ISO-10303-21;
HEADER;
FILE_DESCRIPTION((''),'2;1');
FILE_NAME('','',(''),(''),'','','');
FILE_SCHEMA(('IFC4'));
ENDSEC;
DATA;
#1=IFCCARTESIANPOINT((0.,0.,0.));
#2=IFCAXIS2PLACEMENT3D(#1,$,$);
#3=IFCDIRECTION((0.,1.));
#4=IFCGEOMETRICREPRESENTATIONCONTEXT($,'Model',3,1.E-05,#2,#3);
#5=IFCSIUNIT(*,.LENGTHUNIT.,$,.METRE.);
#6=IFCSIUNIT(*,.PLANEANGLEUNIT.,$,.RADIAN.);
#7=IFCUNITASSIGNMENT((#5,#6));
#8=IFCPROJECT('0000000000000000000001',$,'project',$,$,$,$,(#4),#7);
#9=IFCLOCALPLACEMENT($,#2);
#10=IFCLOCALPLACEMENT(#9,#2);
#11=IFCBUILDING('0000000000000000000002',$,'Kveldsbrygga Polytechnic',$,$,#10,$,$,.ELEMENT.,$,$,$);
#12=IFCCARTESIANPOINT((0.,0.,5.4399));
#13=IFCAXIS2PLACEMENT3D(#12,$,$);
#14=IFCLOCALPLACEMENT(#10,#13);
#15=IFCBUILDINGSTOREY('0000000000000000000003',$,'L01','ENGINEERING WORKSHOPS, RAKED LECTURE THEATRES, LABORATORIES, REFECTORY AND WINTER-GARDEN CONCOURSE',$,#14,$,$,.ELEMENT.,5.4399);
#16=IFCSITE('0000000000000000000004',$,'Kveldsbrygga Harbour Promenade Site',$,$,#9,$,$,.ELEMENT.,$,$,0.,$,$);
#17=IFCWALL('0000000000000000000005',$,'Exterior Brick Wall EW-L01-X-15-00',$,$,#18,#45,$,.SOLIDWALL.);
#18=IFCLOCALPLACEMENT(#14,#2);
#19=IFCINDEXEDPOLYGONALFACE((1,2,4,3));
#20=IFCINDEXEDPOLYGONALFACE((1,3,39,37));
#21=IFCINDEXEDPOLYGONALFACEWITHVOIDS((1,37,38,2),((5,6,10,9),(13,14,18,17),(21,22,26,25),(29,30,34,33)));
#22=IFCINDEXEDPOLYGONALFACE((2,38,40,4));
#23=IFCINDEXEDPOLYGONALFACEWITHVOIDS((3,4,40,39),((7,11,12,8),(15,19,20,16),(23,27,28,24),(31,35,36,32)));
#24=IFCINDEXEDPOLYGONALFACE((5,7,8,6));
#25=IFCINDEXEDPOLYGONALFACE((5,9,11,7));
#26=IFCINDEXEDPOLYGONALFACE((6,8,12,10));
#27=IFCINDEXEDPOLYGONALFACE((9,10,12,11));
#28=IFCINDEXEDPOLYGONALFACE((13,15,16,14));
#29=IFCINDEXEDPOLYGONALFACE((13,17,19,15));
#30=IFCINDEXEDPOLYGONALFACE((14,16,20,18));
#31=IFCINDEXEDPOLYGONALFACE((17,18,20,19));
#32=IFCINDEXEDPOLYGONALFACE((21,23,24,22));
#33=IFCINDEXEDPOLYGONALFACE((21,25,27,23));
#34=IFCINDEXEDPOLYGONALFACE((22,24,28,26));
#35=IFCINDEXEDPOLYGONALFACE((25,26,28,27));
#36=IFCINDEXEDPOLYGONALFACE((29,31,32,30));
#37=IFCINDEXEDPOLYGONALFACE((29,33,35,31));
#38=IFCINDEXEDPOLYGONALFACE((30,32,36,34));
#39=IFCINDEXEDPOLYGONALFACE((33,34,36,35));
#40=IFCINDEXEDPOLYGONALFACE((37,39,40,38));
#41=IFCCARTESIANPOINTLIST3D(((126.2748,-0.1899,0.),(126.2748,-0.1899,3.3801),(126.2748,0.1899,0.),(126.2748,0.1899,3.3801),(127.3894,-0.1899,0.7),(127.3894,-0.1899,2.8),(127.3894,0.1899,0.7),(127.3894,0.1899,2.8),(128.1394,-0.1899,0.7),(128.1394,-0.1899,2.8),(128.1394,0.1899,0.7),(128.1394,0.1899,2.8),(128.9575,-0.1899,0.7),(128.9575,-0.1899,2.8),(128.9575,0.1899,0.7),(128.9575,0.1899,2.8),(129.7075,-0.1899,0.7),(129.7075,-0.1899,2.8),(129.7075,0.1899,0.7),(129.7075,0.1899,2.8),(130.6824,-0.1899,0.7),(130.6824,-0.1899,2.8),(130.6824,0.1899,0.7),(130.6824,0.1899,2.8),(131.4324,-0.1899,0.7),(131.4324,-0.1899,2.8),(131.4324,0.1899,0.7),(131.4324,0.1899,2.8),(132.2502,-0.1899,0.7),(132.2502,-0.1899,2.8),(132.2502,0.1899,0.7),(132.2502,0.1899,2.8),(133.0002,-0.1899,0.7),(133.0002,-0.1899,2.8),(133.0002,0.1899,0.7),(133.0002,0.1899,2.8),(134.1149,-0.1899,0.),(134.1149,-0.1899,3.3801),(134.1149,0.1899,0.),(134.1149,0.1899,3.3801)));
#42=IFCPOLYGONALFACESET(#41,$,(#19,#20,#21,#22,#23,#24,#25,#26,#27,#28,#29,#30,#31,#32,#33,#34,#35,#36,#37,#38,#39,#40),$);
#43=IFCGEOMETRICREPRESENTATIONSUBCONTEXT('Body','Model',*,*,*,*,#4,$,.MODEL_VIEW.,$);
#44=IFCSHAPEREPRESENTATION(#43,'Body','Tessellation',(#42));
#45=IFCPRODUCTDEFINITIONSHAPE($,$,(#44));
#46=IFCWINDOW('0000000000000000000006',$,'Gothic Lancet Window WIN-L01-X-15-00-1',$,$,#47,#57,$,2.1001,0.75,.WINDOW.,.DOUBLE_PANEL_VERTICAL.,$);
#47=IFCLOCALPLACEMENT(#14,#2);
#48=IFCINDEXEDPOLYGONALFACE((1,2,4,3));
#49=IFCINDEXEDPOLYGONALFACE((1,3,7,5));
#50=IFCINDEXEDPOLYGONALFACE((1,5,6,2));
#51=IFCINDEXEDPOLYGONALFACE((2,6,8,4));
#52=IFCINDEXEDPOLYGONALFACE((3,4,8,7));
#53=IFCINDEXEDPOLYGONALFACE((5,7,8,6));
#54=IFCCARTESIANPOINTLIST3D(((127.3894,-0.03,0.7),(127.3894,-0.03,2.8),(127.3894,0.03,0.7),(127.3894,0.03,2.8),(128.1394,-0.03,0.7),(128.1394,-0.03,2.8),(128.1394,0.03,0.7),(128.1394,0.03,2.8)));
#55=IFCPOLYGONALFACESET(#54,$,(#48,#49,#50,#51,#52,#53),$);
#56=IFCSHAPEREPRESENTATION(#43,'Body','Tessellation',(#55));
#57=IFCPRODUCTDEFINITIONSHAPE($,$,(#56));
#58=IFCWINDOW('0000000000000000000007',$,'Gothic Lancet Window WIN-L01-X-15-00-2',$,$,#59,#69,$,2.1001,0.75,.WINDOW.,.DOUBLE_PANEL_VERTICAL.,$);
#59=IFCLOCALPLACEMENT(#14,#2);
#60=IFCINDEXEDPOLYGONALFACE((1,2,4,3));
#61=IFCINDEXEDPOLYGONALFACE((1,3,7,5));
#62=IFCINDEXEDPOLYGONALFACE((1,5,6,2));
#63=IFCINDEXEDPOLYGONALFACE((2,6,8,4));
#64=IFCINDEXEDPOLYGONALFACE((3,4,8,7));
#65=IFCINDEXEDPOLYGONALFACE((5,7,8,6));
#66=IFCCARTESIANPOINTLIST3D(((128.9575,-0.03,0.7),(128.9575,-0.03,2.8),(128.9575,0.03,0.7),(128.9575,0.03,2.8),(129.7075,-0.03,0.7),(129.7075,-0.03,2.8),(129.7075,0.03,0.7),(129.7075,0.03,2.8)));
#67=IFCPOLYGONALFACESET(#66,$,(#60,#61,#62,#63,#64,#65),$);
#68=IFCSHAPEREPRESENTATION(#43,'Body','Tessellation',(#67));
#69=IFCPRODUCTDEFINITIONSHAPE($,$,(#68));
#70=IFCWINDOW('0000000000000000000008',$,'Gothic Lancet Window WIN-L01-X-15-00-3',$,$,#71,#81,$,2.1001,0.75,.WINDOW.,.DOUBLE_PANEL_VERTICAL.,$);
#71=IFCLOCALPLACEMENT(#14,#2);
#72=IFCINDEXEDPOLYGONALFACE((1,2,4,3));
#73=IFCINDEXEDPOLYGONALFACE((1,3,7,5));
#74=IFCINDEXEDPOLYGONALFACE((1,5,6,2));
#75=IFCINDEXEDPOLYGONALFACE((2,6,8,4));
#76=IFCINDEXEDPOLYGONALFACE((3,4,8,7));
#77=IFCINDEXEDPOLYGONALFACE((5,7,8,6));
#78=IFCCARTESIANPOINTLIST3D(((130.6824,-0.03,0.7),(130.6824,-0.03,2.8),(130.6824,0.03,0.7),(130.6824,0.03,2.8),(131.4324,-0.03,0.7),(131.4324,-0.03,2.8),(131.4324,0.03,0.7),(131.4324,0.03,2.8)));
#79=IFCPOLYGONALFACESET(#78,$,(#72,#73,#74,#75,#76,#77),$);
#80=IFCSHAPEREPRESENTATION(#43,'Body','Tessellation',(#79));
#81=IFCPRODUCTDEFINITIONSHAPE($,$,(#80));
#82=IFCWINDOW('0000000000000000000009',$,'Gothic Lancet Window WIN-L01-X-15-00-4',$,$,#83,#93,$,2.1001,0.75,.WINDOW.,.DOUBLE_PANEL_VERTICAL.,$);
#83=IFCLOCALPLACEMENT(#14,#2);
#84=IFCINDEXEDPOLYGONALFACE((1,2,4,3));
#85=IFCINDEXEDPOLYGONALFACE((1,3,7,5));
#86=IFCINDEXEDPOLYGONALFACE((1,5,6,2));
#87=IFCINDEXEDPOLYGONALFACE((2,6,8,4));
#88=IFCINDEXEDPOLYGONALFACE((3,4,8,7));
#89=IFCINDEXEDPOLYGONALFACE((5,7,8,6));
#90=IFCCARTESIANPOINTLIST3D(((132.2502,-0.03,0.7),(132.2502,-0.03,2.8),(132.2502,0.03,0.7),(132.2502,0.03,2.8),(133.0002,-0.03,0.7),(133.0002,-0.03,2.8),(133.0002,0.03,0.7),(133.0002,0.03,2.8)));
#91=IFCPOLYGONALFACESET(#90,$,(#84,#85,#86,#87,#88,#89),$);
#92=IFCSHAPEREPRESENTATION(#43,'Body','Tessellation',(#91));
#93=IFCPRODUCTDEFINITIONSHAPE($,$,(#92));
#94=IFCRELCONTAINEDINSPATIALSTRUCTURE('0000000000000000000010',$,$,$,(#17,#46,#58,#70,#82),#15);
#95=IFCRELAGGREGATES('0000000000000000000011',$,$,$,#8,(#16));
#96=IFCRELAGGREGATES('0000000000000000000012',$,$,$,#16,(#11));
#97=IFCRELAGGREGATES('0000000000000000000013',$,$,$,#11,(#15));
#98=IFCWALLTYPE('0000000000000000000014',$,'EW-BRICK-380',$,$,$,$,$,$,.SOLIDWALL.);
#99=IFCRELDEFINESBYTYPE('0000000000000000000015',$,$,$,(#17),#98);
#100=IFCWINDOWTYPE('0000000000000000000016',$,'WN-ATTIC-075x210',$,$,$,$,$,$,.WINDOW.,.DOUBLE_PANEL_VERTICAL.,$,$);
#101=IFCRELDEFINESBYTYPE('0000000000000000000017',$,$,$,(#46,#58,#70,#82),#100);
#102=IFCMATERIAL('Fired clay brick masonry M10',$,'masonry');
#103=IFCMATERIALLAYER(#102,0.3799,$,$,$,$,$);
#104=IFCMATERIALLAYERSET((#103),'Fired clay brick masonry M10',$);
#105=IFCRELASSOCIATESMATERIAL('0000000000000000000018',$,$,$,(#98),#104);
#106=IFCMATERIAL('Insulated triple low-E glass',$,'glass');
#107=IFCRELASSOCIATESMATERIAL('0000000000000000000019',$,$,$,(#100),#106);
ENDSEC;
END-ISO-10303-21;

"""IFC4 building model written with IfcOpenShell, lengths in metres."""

from ifc_helpers import new_model, si_unit, direction, frame, frame_2d, origin, place, context, subcontext, project, spatial, rectangle, extrude, material, layer, layer_set, type_object, element, fill, save


model = new_model("IFC4")

# Units and contexts
model_context = context("Model", 3, precision=1e-05, world=origin(), true_north=direction((0.0, 1.0)))
body_context = subcontext(model_context, "Body", "Model", "MODEL_VIEW")
ifc_project = project(units=[si_unit("LENGTHUNIT", "METRE"), si_unit("PLANEANGLEUNIT", "RADIAN")], contexts=[model_context])

# Site, building, storey
site_placement = place(None, origin())
site = spatial("IfcSite", under=ifc_project, at=site_placement, Name="Kveldsbrygga Harbour Promenade Site", CompositionType="ELEMENT", RefElevation=0.0)
building_placement = place(site_placement, origin())
building = spatial("IfcBuilding", under=site, at=building_placement, Name="Kveldsbrygga Polytechnic", CompositionType="ELEMENT")
storey_placement = place(building_placement, frame((0.0, 0.0, 5.4399)))
storey = spatial("IfcBuildingStorey", under=building, at=storey_placement, Name="L01", Description="ENGINEERING WORKSHOPS, RAKED LECTURE THEATRES, LABORATORIES, REFECTORY AND WINTER-GARDEN CONCOURSE", CompositionType="ELEMENT", Elevation=5.4399)

# Shared definitions
ifc_material_1 = material(Name="Insulated triple low-E glass", Category="glass")

# Wall, openings, windows
ifc_material_2 = material(Name="Fired clay brick masonry M10", Category="masonry")
ifc_layer_1 = layer(ifc_material_2, 0.3799)
ifc_layer_set_1 = layer_set([ifc_layer_1], Name="Fired clay brick masonry M10")
wall_type = type_object("IfcWallType", Name="EW-BRICK-380", PredefinedType="SOLIDWALL", material=ifc_layer_set_1)
wall_placement = place(storey_placement, frame((126.2749, 0.0, 0.0), z_axis=(0.0, 0.0, 1.0), x_axis=(1.0, 0.0, 0.0)))
wall = element("IfcWall", 1, at=wall_placement, inside=storey, type_object=wall_type, Name="Exterior Brick Wall EW-L01-X-15-00", PredefinedType="SOLIDWALL", context=body_context, shape_type="SweptSolid", body=[
    extrude(rectangle(XDim=7.8401, YDim=0.3799, at=frame_2d((3.9199, 0.0))), origin(), (0.0, 0.0, 1.0), 3.3801),
])
opening_1_placement = place(wall_placement, frame((1.1145, 0.0, 0.7)))
opening_1 = element("IfcOpeningElement", 2, at=opening_1_placement, cuts=wall, PredefinedType="OPENING", context=body_context, shape_type="SweptSolid", body=[
    extrude(rectangle(XDim=0.75, YDim=2.1001, at=frame_2d((0.375, 1.05))), frame((0.0, 0.2, 0.0), z_axis=(0.0, -1.0, 0.0), x_axis=(1.0, 0.0, 0.0)), (0.0, 0.0, 1.0), 0.3999),
])
opening_2_placement = place(wall_placement, frame((2.6826, 0.0, 0.7)))
opening_2 = element("IfcOpeningElement", 3, at=opening_2_placement, cuts=wall, PredefinedType="OPENING", context=body_context, shape_type="SweptSolid", body=[
    extrude(rectangle(XDim=0.75, YDim=2.1001, at=frame_2d((0.375, 1.05))), frame((0.0, 0.2, 0.0), z_axis=(0.0, -1.0, 0.0), x_axis=(1.0, 0.0, 0.0)), (0.0, 0.0, 1.0), 0.3999),
])
opening_3_placement = place(wall_placement, frame((4.4075, 0.0, 0.7)))
opening_3 = element("IfcOpeningElement", 4, at=opening_3_placement, cuts=wall, PredefinedType="OPENING", context=body_context, shape_type="SweptSolid", body=[
    extrude(rectangle(XDim=0.75, YDim=2.1001, at=frame_2d((0.375, 1.05))), frame((0.0, 0.2, 0.0), z_axis=(0.0, -1.0, 0.0), x_axis=(1.0, 0.0, 0.0)), (0.0, 0.0, 1.0), 0.3999),
])
opening_4_placement = place(wall_placement, frame((5.9753, 0.0, 0.7)))
opening_4 = element("IfcOpeningElement", 5, at=opening_4_placement, cuts=wall, PredefinedType="OPENING", context=body_context, shape_type="SweptSolid", body=[
    extrude(rectangle(XDim=0.75, YDim=2.1001, at=frame_2d((0.375, 1.05))), frame((0.0, 0.2, 0.0), z_axis=(0.0, -1.0, 0.0), x_axis=(1.0, 0.0, 0.0)), (0.0, 0.0, 1.0), 0.3999),
])
window_type = type_object("IfcWindowType", Name="WN-ATTIC-075x210", PartitioningType="DOUBLE_PANEL_VERTICAL", PredefinedType="WINDOW", material=ifc_material_1)
window_1_placement = place(opening_1_placement, origin())
window_1 = element("IfcWindow", 6, at=window_1_placement, inside=storey, type_object=window_type, Name="Gothic Lancet Window WIN-L01-X-15-00-1", OverallHeight=2.1001, OverallWidth=0.75, PartitioningType="DOUBLE_PANEL_VERTICAL", PredefinedType="WINDOW", context=body_context, shape_type="SweptSolid", body=[
    extrude(rectangle(XDim=0.75, YDim=2.1001, at=frame_2d((0.375, 1.05))), frame((0.0, 0.03, 0.0), z_axis=(0.0, -1.0, 0.0), x_axis=(1.0, 0.0, 0.0)), (0.0, 0.0, 1.0), 0.0601),
])
fill(opening_1, window_1)
window_2_placement = place(opening_2_placement, origin())
window_2 = element("IfcWindow", 7, at=window_2_placement, inside=storey, type_object=window_type, Name="Gothic Lancet Window WIN-L01-X-15-00-2", OverallHeight=2.1001, OverallWidth=0.75, PartitioningType="DOUBLE_PANEL_VERTICAL", PredefinedType="WINDOW", context=body_context, shape_type="SweptSolid", body=[
    extrude(rectangle(XDim=0.75, YDim=2.1001, at=frame_2d((0.375, 1.05))), frame((0.0, 0.03, 0.0), z_axis=(0.0, -1.0, 0.0), x_axis=(1.0, 0.0, 0.0)), (0.0, 0.0, 1.0), 0.0601),
])
fill(opening_2, window_2)
window_3_placement = place(opening_3_placement, origin())
window_3 = element("IfcWindow", 8, at=window_3_placement, inside=storey, type_object=window_type, Name="Gothic Lancet Window WIN-L01-X-15-00-3", OverallHeight=2.1001, OverallWidth=0.75, PartitioningType="DOUBLE_PANEL_VERTICAL", PredefinedType="WINDOW", context=body_context, shape_type="SweptSolid", body=[
    extrude(rectangle(XDim=0.75, YDim=2.1001, at=frame_2d((0.375, 1.05))), frame((0.0, 0.03, 0.0), z_axis=(0.0, -1.0, 0.0), x_axis=(1.0, 0.0, 0.0)), (0.0, 0.0, 1.0), 0.0601),
])
fill(opening_3, window_3)
window_4_placement = place(opening_4_placement, origin())
window_4 = element("IfcWindow", 9, at=window_4_placement, inside=storey, type_object=window_type, Name="Gothic Lancet Window WIN-L01-X-15-00-4", OverallHeight=2.1001, OverallWidth=0.75, PartitioningType="DOUBLE_PANEL_VERTICAL", PredefinedType="WINDOW", context=body_context, shape_type="SweptSolid", body=[
    extrude(rectangle(XDim=0.75, YDim=2.1001, at=frame_2d((0.375, 1.05))), frame((0.0, 0.03, 0.0), z_axis=(0.0, -1.0, 0.0), x_axis=(1.0, 0.0, 0.0)), (0.0, 0.0, 1.0), 0.0601),
])
fill(opening_4, window_4)

save(model, "model.ifc")
